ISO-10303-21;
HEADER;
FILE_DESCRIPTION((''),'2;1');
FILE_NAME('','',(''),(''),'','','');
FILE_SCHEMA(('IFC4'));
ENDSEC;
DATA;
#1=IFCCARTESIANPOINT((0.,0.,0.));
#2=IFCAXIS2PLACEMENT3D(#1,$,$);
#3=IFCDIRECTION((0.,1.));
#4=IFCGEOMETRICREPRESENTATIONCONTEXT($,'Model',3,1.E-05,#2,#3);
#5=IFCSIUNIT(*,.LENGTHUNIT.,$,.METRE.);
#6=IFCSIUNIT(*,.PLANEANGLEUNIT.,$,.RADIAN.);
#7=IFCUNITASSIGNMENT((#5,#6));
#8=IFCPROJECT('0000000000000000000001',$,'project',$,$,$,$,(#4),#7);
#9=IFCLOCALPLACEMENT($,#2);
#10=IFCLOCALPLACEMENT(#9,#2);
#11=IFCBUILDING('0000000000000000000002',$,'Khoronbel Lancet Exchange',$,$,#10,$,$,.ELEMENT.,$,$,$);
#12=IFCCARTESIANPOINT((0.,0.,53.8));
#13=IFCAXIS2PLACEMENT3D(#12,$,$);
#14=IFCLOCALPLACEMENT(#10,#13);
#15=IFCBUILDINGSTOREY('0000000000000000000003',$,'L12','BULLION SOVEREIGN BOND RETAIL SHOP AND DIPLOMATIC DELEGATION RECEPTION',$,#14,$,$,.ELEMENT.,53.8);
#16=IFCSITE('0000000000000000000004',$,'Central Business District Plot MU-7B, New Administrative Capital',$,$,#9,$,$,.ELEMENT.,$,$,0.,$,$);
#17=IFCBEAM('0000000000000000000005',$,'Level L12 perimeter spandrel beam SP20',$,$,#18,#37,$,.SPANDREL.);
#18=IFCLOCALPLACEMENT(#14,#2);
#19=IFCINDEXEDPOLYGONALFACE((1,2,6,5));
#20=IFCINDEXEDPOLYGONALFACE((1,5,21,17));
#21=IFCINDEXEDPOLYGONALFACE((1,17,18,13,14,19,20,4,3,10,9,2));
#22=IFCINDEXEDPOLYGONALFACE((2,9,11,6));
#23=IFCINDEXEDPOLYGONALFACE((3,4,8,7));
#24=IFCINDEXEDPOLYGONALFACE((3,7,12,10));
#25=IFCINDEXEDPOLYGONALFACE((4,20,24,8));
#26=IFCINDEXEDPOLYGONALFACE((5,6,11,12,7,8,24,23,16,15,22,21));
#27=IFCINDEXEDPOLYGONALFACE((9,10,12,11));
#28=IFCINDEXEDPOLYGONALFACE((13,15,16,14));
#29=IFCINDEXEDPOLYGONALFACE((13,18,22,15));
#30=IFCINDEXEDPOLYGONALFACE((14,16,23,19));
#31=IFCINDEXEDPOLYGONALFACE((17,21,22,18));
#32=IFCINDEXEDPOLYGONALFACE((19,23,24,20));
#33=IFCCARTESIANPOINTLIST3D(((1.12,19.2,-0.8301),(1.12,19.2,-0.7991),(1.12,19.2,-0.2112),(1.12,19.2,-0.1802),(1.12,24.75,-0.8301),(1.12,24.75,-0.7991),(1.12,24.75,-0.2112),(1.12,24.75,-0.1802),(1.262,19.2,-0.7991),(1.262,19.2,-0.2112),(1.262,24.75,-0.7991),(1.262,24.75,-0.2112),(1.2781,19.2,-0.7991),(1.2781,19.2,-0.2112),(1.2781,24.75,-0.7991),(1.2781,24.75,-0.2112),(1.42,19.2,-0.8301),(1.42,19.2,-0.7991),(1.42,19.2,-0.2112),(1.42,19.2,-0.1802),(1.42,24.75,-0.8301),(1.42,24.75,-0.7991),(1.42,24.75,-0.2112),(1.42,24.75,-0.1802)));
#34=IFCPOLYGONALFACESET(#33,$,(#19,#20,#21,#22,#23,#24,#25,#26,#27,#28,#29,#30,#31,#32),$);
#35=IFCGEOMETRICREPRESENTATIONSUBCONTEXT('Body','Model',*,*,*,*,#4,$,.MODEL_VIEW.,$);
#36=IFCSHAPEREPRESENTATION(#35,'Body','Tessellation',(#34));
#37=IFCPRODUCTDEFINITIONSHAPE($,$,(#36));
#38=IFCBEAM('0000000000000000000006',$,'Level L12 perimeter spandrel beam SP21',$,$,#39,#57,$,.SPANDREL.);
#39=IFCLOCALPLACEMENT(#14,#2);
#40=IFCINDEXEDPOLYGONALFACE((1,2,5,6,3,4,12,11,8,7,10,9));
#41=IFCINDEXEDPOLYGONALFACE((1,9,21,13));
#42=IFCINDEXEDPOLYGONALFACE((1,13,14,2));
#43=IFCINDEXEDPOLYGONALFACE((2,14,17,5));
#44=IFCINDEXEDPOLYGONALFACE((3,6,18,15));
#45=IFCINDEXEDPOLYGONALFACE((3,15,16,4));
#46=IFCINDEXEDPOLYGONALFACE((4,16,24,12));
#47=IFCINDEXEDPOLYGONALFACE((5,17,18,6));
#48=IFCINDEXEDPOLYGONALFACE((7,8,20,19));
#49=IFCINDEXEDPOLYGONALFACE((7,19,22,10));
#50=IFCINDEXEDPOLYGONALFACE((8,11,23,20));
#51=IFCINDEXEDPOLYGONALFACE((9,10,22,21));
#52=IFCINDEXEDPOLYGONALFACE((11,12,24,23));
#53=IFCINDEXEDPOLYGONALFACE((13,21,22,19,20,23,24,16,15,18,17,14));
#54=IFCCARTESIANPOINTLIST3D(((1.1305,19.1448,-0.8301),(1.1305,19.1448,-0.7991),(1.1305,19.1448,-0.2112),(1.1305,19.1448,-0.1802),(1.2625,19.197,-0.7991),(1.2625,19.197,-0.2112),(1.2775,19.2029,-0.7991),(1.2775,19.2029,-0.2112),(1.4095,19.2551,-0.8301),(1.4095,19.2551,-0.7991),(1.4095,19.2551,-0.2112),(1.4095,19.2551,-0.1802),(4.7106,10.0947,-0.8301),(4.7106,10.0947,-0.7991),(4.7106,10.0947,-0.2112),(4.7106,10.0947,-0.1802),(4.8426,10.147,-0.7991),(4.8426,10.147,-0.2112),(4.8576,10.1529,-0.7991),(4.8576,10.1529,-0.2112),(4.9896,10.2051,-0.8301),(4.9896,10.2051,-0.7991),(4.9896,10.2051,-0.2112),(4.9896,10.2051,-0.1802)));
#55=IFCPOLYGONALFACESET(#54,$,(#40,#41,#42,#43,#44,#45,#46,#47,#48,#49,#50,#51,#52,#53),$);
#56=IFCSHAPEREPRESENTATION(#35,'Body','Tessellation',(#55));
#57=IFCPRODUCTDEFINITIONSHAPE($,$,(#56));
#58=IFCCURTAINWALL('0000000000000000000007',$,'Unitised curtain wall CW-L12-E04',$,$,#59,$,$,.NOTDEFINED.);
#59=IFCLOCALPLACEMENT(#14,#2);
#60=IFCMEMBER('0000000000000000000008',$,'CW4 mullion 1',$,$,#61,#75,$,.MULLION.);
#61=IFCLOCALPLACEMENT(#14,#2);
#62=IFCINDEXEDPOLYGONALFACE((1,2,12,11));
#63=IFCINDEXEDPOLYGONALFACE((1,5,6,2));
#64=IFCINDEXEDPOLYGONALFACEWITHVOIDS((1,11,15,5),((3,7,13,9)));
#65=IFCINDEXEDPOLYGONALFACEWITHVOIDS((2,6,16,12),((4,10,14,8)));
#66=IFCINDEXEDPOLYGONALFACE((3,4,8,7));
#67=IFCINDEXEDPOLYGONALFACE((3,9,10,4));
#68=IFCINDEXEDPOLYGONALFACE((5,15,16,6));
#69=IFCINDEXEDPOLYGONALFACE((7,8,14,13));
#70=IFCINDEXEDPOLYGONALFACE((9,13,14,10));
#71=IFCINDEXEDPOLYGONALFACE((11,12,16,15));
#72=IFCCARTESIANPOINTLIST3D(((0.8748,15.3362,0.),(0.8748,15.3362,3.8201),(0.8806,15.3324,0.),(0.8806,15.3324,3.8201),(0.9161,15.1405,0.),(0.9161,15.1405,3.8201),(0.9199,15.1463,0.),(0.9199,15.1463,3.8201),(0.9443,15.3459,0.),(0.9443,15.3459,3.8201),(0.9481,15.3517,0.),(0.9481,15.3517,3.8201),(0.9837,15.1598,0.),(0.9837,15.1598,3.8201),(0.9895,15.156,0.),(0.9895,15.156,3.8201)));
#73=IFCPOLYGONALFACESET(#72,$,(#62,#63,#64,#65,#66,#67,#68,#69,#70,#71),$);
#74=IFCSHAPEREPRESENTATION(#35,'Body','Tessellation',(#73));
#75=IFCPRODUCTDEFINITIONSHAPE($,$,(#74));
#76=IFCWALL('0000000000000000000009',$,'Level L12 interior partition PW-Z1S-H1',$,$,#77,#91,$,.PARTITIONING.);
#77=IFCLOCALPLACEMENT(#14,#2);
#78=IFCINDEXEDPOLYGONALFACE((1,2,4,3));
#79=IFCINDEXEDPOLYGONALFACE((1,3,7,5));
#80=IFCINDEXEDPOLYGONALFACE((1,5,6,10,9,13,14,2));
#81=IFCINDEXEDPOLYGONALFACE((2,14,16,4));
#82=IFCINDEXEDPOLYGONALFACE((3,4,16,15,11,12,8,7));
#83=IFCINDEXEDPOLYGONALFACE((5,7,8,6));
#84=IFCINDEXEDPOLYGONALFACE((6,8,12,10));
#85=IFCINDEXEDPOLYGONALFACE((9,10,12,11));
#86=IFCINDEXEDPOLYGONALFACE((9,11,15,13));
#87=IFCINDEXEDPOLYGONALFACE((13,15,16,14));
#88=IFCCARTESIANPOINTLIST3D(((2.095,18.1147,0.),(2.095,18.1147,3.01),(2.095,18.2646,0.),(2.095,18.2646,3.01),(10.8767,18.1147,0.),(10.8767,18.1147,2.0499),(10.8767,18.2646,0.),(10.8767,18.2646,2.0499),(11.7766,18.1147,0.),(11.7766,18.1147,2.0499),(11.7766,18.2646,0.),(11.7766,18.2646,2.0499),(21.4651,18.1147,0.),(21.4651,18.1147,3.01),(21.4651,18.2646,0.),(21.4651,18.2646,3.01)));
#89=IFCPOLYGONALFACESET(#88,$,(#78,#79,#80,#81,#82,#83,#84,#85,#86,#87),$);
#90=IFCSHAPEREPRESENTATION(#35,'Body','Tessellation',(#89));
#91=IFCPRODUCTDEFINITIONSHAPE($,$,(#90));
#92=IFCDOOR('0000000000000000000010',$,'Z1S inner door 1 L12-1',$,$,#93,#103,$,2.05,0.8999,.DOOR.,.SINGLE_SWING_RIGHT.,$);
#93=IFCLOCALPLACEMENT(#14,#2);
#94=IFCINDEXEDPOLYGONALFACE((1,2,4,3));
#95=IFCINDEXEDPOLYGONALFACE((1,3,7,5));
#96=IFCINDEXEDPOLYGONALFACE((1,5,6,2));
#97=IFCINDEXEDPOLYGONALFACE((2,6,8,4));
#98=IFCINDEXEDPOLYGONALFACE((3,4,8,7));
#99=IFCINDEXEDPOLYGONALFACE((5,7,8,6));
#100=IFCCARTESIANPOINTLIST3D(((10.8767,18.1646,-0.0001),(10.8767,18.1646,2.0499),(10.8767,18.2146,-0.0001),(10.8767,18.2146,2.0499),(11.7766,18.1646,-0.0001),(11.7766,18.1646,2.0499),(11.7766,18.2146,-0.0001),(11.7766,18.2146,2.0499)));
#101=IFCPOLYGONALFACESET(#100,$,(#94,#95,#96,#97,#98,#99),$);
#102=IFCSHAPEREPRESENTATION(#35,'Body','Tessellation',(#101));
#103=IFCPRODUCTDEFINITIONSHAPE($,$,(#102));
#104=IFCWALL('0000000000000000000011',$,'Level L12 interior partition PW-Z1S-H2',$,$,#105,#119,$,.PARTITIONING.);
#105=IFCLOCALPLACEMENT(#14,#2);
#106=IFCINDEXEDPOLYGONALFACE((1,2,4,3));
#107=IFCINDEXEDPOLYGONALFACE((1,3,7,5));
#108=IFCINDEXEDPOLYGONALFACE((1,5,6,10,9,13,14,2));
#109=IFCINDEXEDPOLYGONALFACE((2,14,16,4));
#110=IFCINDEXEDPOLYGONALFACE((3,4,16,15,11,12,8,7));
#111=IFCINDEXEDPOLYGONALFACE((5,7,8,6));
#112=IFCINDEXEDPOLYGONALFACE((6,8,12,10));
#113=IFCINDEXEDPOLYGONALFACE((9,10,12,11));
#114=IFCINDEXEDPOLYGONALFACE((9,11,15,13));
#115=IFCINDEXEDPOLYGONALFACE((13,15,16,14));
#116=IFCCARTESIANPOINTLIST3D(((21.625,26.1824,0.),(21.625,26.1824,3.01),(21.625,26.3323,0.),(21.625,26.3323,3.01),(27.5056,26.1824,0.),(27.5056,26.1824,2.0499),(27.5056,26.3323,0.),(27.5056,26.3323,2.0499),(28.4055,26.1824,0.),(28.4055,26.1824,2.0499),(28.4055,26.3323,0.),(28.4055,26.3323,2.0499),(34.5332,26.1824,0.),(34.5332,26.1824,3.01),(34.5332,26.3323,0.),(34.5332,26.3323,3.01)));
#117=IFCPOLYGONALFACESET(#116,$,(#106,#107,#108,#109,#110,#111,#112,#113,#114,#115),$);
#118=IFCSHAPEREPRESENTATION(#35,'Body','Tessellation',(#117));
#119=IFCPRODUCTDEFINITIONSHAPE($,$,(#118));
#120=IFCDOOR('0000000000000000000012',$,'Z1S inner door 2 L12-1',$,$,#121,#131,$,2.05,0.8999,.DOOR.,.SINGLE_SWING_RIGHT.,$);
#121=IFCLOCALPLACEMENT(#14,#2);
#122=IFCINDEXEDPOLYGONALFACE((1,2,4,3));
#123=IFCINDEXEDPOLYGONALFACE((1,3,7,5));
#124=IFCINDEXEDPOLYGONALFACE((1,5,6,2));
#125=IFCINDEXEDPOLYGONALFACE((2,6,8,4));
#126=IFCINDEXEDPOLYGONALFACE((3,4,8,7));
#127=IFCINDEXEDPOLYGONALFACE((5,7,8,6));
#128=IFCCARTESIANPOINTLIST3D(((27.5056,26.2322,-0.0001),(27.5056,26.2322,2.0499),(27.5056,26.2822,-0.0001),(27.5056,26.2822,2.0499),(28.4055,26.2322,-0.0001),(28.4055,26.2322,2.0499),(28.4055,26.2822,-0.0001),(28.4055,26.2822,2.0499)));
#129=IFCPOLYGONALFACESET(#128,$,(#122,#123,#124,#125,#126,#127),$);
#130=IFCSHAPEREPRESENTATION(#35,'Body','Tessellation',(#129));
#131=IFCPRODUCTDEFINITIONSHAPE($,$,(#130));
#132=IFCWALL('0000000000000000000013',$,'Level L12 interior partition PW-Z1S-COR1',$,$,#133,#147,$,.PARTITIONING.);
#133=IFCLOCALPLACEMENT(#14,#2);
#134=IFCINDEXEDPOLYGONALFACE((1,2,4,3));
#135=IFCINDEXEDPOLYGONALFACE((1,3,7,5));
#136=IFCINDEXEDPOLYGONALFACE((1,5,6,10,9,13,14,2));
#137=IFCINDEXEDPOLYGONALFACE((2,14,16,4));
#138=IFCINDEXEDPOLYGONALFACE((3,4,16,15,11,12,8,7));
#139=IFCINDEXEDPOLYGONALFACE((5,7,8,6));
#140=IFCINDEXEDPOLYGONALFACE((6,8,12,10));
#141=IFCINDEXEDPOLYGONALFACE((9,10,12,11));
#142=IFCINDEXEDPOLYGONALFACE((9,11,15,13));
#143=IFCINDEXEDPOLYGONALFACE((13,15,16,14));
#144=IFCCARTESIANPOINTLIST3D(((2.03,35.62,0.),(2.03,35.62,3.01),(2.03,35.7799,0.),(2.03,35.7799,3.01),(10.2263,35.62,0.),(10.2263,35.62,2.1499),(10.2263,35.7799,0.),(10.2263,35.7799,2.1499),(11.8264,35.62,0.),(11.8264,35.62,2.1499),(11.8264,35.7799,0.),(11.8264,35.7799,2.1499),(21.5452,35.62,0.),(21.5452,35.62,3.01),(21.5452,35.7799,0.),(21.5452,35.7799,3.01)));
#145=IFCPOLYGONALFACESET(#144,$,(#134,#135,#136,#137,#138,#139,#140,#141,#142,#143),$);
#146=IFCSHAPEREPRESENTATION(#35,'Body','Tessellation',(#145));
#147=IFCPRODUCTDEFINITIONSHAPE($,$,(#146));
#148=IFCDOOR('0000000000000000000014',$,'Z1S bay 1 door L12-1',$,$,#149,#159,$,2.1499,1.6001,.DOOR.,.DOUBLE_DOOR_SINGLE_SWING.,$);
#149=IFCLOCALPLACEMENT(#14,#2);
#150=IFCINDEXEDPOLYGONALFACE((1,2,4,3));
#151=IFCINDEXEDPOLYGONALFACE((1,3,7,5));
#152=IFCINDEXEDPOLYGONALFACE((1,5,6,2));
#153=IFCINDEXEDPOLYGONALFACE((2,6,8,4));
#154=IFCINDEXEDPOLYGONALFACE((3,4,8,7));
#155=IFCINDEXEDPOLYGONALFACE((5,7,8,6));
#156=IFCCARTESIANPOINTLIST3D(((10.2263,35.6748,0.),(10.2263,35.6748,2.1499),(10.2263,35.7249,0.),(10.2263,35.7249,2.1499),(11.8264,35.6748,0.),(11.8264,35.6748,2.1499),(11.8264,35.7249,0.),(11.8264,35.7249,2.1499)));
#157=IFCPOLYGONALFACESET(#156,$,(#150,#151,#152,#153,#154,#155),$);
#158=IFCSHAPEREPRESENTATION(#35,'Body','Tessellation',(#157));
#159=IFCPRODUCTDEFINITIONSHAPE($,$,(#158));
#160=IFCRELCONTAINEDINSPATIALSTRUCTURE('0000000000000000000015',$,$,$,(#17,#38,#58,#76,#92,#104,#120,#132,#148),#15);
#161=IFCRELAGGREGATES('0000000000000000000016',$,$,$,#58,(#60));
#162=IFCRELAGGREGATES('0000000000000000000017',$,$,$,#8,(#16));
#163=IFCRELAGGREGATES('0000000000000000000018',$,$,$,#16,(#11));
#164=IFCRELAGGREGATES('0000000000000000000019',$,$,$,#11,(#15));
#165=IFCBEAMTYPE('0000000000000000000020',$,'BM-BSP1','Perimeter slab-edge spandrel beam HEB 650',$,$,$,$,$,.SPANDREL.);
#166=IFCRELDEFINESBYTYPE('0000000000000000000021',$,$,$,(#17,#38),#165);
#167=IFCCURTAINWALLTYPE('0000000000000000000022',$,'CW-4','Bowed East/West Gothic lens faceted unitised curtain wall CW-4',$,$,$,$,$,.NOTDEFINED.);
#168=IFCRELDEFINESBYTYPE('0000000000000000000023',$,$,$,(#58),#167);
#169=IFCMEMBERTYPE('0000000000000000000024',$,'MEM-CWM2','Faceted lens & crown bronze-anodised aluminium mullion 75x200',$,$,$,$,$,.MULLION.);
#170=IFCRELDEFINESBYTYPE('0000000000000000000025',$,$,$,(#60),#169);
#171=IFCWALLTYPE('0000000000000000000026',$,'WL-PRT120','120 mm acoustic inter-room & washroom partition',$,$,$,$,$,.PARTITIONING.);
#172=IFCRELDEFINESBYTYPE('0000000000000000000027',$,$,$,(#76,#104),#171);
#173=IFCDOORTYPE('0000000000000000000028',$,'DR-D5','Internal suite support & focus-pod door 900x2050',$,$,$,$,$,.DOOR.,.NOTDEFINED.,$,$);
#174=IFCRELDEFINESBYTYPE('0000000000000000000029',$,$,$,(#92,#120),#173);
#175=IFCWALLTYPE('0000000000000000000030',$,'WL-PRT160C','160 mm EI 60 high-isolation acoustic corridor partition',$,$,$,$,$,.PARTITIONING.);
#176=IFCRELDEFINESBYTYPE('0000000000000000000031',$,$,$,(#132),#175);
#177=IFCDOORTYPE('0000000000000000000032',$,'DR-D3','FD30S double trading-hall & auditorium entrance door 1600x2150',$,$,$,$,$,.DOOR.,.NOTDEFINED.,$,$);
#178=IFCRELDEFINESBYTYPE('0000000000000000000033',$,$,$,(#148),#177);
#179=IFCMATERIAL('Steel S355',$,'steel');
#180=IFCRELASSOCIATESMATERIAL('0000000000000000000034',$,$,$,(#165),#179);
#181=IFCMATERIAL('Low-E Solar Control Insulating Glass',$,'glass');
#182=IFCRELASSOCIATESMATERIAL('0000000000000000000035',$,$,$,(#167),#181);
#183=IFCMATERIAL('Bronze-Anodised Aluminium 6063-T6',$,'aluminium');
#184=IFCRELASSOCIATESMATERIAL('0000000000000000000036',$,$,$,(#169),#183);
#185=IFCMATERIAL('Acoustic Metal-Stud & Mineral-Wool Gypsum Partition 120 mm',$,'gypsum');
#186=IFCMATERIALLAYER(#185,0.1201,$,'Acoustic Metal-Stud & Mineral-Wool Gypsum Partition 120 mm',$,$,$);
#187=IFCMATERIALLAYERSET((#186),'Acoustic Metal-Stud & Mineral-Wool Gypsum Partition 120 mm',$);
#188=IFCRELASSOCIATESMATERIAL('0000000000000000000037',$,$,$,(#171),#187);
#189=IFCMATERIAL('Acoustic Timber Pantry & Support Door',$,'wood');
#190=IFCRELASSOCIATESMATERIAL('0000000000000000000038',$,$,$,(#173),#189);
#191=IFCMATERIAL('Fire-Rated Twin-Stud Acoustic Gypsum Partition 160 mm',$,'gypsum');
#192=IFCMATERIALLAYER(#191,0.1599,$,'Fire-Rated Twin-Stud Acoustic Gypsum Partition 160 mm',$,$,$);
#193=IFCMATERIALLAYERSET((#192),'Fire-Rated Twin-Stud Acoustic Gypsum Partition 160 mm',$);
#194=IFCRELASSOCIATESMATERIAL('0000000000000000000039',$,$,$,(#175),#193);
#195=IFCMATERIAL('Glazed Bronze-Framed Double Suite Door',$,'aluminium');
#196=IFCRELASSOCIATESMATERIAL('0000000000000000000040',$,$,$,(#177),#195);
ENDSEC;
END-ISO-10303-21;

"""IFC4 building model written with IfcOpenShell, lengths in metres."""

from ifc_helpers import new_model, si_unit, direction, frame, frame_2d, origin, origin_2d, place, context, subcontext, project, spatial, rectangle, hollow_rectangle, i_section, extrude, material, layer, layer_set, material_profile, profile_set, type_object, element, fill, aggregate, save


model = new_model("IFC4")

# Units and contexts
model_context = context("Model", 3, precision=1e-05, world=origin(), true_north=direction((0.0, 1.0)))
body_context = subcontext(model_context, "Body", "Model", "MODEL_VIEW")
ifc_project = project(units=[si_unit("LENGTHUNIT", "METRE"), si_unit("PLANEANGLEUNIT", "RADIAN")], contexts=[model_context])

# Site, building, storey
site_placement = place(None, origin())
site = spatial("IfcSite", under=ifc_project, at=site_placement, Name="Central Business District Plot MU-7B, New Administrative Capital", CompositionType="ELEMENT", RefElevation=0.0)
building_placement = place(site_placement, origin())
building = spatial("IfcBuilding", under=site, at=building_placement, Name="Khoronbel Lancet Exchange", CompositionType="ELEMENT")
storey_placement = place(building_placement, frame((0.0, 0.0, 53.8)))
storey = spatial("IfcBuildingStorey", under=building, at=storey_placement, Name="L12", Description="BULLION SOVEREIGN BOND RETAIL SHOP AND DIPLOMATIC DELEGATION RECEPTION", CompositionType="ELEMENT", Elevation=53.8)

# Shared definitions
ifc_material_1 = material(Name="Steel S355", Category="steel")

# Beams
ifc_material_profile_1 = material_profile(ifc_material_1, i_section(OverallWidth=0.3, OverallDepth=0.6499, WebThickness=0.0161, FlangeThickness=0.031, at=origin_2d()), Name="HEB 650")
ifc_profile_set_1 = profile_set([ifc_material_profile_1], Name="Steel S355")
beam_type_1 = type_object("IfcBeamType", Name="BM-BSP1", Description="Perimeter slab-edge spandrel beam HEB 650", PredefinedType="SPANDREL", material=ifc_profile_set_1)
beam_1_placement = place(storey_placement, frame((1.27, 24.75, -0.5051), z_axis=(0.0, -1.0, 0.0), x_axis=(1.0, 0.0, 0.0)))
element("IfcBeam", 1, at=beam_1_placement, inside=storey, type_object=beam_type_1, Name="Level L12 perimeter spandrel beam SP20", PredefinedType="SPANDREL", context=body_context, shape_type="SweptSolid", body=[
    extrude(i_section(OverallWidth=0.3, OverallDepth=0.6499, WebThickness=0.0161, FlangeThickness=0.031, at=origin_2d()), origin(), (0.0, 0.0, 1.0), 5.55),
])
beam_2_placement = place(storey_placement, frame((1.27, 19.2, -0.5051), z_axis=(0.36785, -0.929885, 0.0), x_axis=(0.929885, 0.36785, 0.0)))
element("IfcBeam", 2, at=beam_2_placement, inside=storey, type_object=beam_type_1, Name="Level L12 perimeter spandrel beam SP21", PredefinedType="SPANDREL", context=body_context, shape_type="SweptSolid", body=[
    extrude(i_section(OverallWidth=0.3, OverallDepth=0.6499, WebThickness=0.0161, FlangeThickness=0.031, at=origin_2d()), origin(), (0.0, 0.0, 1.0), 9.7324),
])

# Curtain wall, member
ifc_material_2 = material(Name="Low-E Solar Control Insulating Glass", Category="glass")
curtain_wall_type = type_object("IfcCurtainWallType", Name="CW-4", Description="Bowed East/West Gothic lens faceted unitised curtain wall CW-4", PredefinedType="NOTDEFINED", material=ifc_material_2)
curtain_wall_placement = place(storey_placement, origin())
curtain_wall = element("IfcCurtainWall", 3, at=curtain_wall_placement, inside=storey, type_object=curtain_wall_type, Name="Unitised curtain wall CW-L12-E04", PredefinedType="NOTDEFINED")
ifc_material_3 = material(Name="Bronze-Anodised Aluminium 6063-T6", Category="aluminium")
ifc_material_profile_2 = material_profile(ifc_material_3, hollow_rectangle(XDim=0.075, YDim=0.2, WallThickness=0.0049, at=origin_2d()), Name="ALU MULLION 75x200")
ifc_profile_set_2 = profile_set([ifc_material_profile_2], Name="Bronze-Anodised Aluminium 6063-T6")
member_type = type_object("IfcMemberType", Name="MEM-CWM2", Description="Faceted lens & crown bronze-anodised aluminium mullion 75x200", PredefinedType="MULLION", material=ifc_profile_set_2)
member_placement = place(storey_placement, frame((0.9321, 15.2461, 0.0), z_axis=(0.0, 0.0, 1.0), x_axis=(-0.978363, -0.206894, 0.0)))
member = element("IfcMember", 4, at=member_placement, type_object=member_type, Name="CW4 mullion 1", PredefinedType="MULLION", context=body_context, shape_type="SweptSolid", body=[
    extrude(hollow_rectangle(XDim=0.075, YDim=0.2, WallThickness=0.0049, at=origin_2d()), origin(), (0.0, 0.0, 1.0), 3.8201),
])
aggregate(curtain_wall, [member])

# Walls, openings, doors
ifc_material_4 = material(Name="Acoustic Metal-Stud & Mineral-Wool Gypsum Partition 120 mm", Category="gypsum")
ifc_layer_1 = layer(ifc_material_4, 0.1201, Name="Acoustic Metal-Stud & Mineral-Wool Gypsum Partition 120 mm")
ifc_layer_set_1 = layer_set([ifc_layer_1], Name="Acoustic Metal-Stud & Mineral-Wool Gypsum Partition 120 mm")
wall_type_1 = type_object("IfcWallType", Name="WL-PRT120", Description="120 mm acoustic inter-room & washroom partition", PredefinedType="PARTITIONING", material=ifc_layer_set_1)
wall_1_placement = place(storey_placement, frame((2.095, 18.1897, 0.0), z_axis=(0.0, 0.0, 1.0), x_axis=(1.0, 0.0, 0.0)))
wall_1 = element("IfcWall", 5, at=wall_1_placement, inside=storey, type_object=wall_type_1, Name="Level L12 interior partition PW-Z1S-H1", PredefinedType="PARTITIONING", context=body_context, shape_type="SweptSolid", body=[
    extrude(rectangle(XDim=19.3701, YDim=0.1499, at=frame_2d((9.6851, 0.0))), origin(), (0.0, 0.0, 1.0), 3.01),
])
opening_1_placement = place(wall_1_placement, frame((8.7817, 0.0, 0.0)))
opening_1 = element("IfcOpeningElement", 6, at=opening_1_placement, cuts=wall_1, PredefinedType="OPENING", context=body_context, shape_type="SweptSolid", body=[
    extrude(rectangle(XDim=0.8999, YDim=2.05, at=frame_2d((0.45, 1.0249))), frame((0.0, 0.085, 0.0), z_axis=(0.0, -1.0, 0.0), x_axis=(1.0, 0.0, 0.0)), (0.0, 0.0, 1.0), 0.1699),
])
ifc_material_5 = material(Name="Acoustic Timber Pantry & Support Door", Category="wood")
door_type_1 = type_object("IfcDoorType", Name="DR-D5", Description="Internal suite support & focus-pod door 900x2050", OperationType="NOTDEFINED", PredefinedType="DOOR", material=ifc_material_5)
door_1_placement = place(opening_1_placement, origin())
door_1 = element("IfcDoor", 7, at=door_1_placement, inside=storey, type_object=door_type_1, Name="Z1S inner door 1 L12-1", OperationType="SINGLE_SWING_RIGHT", OverallHeight=2.05, OverallWidth=0.8999, PredefinedType="DOOR", context=body_context, shape_type="SweptSolid", body=[
    extrude(rectangle(XDim=0.8999, YDim=2.05, at=frame_2d((0.45, 1.0249))), frame((0.0, 0.0249, 0.0), z_axis=(0.0, -1.0, 0.0), x_axis=(1.0, 0.0, 0.0)), (0.0, 0.0, 1.0), 0.05),
])
fill(opening_1, door_1)
wall_2_placement = place(storey_placement, frame((21.625, 26.2573, 0.0), z_axis=(0.0, 0.0, 1.0), x_axis=(1.0, 0.0, 0.0)))
wall_2 = element("IfcWall", 8, at=wall_2_placement, inside=storey, type_object=wall_type_1, Name="Level L12 interior partition PW-Z1S-H2", PredefinedType="PARTITIONING", context=body_context, shape_type="SweptSolid", body=[
    extrude(rectangle(XDim=12.9082, YDim=0.1499, at=frame_2d((6.4541, 0.0))), origin(), (0.0, 0.0, 1.0), 3.01),
])
opening_2_placement = place(wall_2_placement, frame((5.8806, 0.0, 0.0)))
opening_2 = element("IfcOpeningElement", 9, at=opening_2_placement, cuts=wall_2, PredefinedType="OPENING", context=body_context, shape_type="SweptSolid", body=[
    extrude(rectangle(XDim=0.8999, YDim=2.05, at=frame_2d((0.45, 1.0249))), frame((0.0, 0.085, 0.0), z_axis=(0.0, -1.0, 0.0), x_axis=(1.0, 0.0, 0.0)), (0.0, 0.0, 1.0), 0.1699),
])
door_2_placement = place(opening_2_placement, origin())
door_2 = element("IfcDoor", 10, at=door_2_placement, inside=storey, type_object=door_type_1, Name="Z1S inner door 2 L12-1", OperationType="SINGLE_SWING_RIGHT", OverallHeight=2.05, OverallWidth=0.8999, PredefinedType="DOOR", context=body_context, shape_type="SweptSolid", body=[
    extrude(rectangle(XDim=0.8999, YDim=2.05, at=frame_2d((0.45, 1.0249))), frame((0.0, 0.0249, 0.0), z_axis=(0.0, -1.0, 0.0), x_axis=(1.0, 0.0, 0.0)), (0.0, 0.0, 1.0), 0.05),
])
fill(opening_2, door_2)
ifc_material_6 = material(Name="Fire-Rated Twin-Stud Acoustic Gypsum Partition 160 mm", Category="gypsum")
ifc_layer_2 = layer(ifc_material_6, 0.1599, Name="Fire-Rated Twin-Stud Acoustic Gypsum Partition 160 mm")
ifc_layer_set_2 = layer_set([ifc_layer_2], Name="Fire-Rated Twin-Stud Acoustic Gypsum Partition 160 mm")
wall_type_2 = type_object("IfcWallType", Name="WL-PRT160C", Description="160 mm EI 60 high-isolation acoustic corridor partition", PredefinedType="PARTITIONING", material=ifc_layer_set_2)
wall_3_placement = place(storey_placement, frame((2.03, 35.7, 0.0), z_axis=(0.0, 0.0, 1.0), x_axis=(1.0, 0.0, 0.0)))
wall_3 = element("IfcWall", 11, at=wall_3_placement, inside=storey, type_object=wall_type_2, Name="Level L12 interior partition PW-Z1S-COR1", PredefinedType="PARTITIONING", context=body_context, shape_type="SweptSolid", body=[
    extrude(rectangle(XDim=19.5151, YDim=0.1599, at=frame_2d((9.7576, 0.0))), origin(), (0.0, 0.0, 1.0), 3.01),
])
opening_3_placement = place(wall_3_placement, frame((8.1963, 0.0, 0.0)))
opening_3 = element("IfcOpeningElement", 12, at=opening_3_placement, cuts=wall_3, PredefinedType="OPENING", context=body_context, shape_type="SweptSolid", body=[
    extrude(rectangle(XDim=1.6001, YDim=2.1499, at=frame_2d((0.8, 1.075))), frame((0.0, 0.0898, 0.0), z_axis=(0.0, -1.0, 0.0), x_axis=(1.0, 0.0, 0.0)), (0.0, 0.0, 1.0), 0.1799),
])
ifc_material_7 = material(Name="Glazed Bronze-Framed Double Suite Door", Category="aluminium")
door_type_2 = type_object("IfcDoorType", Name="DR-D3", Description="FD30S double trading-hall & auditorium entrance door 1600x2150", OperationType="NOTDEFINED", PredefinedType="DOOR", material=ifc_material_7)
door_3_placement = place(opening_3_placement, origin())
door_3 = element("IfcDoor", 13, at=door_3_placement, inside=storey, type_object=door_type_2, Name="Z1S bay 1 door L12-1", OperationType="DOUBLE_DOOR_SINGLE_SWING", OverallHeight=2.1499, OverallWidth=1.6001, PredefinedType="DOOR", context=body_context, shape_type="SweptSolid", body=[
    extrude(rectangle(XDim=1.6001, YDim=2.1499, at=frame_2d((0.8, 1.075))), frame((0.0, 0.0249, 0.0), z_axis=(0.0, -1.0, 0.0), x_axis=(1.0, 0.0, 0.0)), (0.0, 0.0, 1.0), 0.05),
])
fill(opening_3, door_3)

save(model, "model.ifc")
